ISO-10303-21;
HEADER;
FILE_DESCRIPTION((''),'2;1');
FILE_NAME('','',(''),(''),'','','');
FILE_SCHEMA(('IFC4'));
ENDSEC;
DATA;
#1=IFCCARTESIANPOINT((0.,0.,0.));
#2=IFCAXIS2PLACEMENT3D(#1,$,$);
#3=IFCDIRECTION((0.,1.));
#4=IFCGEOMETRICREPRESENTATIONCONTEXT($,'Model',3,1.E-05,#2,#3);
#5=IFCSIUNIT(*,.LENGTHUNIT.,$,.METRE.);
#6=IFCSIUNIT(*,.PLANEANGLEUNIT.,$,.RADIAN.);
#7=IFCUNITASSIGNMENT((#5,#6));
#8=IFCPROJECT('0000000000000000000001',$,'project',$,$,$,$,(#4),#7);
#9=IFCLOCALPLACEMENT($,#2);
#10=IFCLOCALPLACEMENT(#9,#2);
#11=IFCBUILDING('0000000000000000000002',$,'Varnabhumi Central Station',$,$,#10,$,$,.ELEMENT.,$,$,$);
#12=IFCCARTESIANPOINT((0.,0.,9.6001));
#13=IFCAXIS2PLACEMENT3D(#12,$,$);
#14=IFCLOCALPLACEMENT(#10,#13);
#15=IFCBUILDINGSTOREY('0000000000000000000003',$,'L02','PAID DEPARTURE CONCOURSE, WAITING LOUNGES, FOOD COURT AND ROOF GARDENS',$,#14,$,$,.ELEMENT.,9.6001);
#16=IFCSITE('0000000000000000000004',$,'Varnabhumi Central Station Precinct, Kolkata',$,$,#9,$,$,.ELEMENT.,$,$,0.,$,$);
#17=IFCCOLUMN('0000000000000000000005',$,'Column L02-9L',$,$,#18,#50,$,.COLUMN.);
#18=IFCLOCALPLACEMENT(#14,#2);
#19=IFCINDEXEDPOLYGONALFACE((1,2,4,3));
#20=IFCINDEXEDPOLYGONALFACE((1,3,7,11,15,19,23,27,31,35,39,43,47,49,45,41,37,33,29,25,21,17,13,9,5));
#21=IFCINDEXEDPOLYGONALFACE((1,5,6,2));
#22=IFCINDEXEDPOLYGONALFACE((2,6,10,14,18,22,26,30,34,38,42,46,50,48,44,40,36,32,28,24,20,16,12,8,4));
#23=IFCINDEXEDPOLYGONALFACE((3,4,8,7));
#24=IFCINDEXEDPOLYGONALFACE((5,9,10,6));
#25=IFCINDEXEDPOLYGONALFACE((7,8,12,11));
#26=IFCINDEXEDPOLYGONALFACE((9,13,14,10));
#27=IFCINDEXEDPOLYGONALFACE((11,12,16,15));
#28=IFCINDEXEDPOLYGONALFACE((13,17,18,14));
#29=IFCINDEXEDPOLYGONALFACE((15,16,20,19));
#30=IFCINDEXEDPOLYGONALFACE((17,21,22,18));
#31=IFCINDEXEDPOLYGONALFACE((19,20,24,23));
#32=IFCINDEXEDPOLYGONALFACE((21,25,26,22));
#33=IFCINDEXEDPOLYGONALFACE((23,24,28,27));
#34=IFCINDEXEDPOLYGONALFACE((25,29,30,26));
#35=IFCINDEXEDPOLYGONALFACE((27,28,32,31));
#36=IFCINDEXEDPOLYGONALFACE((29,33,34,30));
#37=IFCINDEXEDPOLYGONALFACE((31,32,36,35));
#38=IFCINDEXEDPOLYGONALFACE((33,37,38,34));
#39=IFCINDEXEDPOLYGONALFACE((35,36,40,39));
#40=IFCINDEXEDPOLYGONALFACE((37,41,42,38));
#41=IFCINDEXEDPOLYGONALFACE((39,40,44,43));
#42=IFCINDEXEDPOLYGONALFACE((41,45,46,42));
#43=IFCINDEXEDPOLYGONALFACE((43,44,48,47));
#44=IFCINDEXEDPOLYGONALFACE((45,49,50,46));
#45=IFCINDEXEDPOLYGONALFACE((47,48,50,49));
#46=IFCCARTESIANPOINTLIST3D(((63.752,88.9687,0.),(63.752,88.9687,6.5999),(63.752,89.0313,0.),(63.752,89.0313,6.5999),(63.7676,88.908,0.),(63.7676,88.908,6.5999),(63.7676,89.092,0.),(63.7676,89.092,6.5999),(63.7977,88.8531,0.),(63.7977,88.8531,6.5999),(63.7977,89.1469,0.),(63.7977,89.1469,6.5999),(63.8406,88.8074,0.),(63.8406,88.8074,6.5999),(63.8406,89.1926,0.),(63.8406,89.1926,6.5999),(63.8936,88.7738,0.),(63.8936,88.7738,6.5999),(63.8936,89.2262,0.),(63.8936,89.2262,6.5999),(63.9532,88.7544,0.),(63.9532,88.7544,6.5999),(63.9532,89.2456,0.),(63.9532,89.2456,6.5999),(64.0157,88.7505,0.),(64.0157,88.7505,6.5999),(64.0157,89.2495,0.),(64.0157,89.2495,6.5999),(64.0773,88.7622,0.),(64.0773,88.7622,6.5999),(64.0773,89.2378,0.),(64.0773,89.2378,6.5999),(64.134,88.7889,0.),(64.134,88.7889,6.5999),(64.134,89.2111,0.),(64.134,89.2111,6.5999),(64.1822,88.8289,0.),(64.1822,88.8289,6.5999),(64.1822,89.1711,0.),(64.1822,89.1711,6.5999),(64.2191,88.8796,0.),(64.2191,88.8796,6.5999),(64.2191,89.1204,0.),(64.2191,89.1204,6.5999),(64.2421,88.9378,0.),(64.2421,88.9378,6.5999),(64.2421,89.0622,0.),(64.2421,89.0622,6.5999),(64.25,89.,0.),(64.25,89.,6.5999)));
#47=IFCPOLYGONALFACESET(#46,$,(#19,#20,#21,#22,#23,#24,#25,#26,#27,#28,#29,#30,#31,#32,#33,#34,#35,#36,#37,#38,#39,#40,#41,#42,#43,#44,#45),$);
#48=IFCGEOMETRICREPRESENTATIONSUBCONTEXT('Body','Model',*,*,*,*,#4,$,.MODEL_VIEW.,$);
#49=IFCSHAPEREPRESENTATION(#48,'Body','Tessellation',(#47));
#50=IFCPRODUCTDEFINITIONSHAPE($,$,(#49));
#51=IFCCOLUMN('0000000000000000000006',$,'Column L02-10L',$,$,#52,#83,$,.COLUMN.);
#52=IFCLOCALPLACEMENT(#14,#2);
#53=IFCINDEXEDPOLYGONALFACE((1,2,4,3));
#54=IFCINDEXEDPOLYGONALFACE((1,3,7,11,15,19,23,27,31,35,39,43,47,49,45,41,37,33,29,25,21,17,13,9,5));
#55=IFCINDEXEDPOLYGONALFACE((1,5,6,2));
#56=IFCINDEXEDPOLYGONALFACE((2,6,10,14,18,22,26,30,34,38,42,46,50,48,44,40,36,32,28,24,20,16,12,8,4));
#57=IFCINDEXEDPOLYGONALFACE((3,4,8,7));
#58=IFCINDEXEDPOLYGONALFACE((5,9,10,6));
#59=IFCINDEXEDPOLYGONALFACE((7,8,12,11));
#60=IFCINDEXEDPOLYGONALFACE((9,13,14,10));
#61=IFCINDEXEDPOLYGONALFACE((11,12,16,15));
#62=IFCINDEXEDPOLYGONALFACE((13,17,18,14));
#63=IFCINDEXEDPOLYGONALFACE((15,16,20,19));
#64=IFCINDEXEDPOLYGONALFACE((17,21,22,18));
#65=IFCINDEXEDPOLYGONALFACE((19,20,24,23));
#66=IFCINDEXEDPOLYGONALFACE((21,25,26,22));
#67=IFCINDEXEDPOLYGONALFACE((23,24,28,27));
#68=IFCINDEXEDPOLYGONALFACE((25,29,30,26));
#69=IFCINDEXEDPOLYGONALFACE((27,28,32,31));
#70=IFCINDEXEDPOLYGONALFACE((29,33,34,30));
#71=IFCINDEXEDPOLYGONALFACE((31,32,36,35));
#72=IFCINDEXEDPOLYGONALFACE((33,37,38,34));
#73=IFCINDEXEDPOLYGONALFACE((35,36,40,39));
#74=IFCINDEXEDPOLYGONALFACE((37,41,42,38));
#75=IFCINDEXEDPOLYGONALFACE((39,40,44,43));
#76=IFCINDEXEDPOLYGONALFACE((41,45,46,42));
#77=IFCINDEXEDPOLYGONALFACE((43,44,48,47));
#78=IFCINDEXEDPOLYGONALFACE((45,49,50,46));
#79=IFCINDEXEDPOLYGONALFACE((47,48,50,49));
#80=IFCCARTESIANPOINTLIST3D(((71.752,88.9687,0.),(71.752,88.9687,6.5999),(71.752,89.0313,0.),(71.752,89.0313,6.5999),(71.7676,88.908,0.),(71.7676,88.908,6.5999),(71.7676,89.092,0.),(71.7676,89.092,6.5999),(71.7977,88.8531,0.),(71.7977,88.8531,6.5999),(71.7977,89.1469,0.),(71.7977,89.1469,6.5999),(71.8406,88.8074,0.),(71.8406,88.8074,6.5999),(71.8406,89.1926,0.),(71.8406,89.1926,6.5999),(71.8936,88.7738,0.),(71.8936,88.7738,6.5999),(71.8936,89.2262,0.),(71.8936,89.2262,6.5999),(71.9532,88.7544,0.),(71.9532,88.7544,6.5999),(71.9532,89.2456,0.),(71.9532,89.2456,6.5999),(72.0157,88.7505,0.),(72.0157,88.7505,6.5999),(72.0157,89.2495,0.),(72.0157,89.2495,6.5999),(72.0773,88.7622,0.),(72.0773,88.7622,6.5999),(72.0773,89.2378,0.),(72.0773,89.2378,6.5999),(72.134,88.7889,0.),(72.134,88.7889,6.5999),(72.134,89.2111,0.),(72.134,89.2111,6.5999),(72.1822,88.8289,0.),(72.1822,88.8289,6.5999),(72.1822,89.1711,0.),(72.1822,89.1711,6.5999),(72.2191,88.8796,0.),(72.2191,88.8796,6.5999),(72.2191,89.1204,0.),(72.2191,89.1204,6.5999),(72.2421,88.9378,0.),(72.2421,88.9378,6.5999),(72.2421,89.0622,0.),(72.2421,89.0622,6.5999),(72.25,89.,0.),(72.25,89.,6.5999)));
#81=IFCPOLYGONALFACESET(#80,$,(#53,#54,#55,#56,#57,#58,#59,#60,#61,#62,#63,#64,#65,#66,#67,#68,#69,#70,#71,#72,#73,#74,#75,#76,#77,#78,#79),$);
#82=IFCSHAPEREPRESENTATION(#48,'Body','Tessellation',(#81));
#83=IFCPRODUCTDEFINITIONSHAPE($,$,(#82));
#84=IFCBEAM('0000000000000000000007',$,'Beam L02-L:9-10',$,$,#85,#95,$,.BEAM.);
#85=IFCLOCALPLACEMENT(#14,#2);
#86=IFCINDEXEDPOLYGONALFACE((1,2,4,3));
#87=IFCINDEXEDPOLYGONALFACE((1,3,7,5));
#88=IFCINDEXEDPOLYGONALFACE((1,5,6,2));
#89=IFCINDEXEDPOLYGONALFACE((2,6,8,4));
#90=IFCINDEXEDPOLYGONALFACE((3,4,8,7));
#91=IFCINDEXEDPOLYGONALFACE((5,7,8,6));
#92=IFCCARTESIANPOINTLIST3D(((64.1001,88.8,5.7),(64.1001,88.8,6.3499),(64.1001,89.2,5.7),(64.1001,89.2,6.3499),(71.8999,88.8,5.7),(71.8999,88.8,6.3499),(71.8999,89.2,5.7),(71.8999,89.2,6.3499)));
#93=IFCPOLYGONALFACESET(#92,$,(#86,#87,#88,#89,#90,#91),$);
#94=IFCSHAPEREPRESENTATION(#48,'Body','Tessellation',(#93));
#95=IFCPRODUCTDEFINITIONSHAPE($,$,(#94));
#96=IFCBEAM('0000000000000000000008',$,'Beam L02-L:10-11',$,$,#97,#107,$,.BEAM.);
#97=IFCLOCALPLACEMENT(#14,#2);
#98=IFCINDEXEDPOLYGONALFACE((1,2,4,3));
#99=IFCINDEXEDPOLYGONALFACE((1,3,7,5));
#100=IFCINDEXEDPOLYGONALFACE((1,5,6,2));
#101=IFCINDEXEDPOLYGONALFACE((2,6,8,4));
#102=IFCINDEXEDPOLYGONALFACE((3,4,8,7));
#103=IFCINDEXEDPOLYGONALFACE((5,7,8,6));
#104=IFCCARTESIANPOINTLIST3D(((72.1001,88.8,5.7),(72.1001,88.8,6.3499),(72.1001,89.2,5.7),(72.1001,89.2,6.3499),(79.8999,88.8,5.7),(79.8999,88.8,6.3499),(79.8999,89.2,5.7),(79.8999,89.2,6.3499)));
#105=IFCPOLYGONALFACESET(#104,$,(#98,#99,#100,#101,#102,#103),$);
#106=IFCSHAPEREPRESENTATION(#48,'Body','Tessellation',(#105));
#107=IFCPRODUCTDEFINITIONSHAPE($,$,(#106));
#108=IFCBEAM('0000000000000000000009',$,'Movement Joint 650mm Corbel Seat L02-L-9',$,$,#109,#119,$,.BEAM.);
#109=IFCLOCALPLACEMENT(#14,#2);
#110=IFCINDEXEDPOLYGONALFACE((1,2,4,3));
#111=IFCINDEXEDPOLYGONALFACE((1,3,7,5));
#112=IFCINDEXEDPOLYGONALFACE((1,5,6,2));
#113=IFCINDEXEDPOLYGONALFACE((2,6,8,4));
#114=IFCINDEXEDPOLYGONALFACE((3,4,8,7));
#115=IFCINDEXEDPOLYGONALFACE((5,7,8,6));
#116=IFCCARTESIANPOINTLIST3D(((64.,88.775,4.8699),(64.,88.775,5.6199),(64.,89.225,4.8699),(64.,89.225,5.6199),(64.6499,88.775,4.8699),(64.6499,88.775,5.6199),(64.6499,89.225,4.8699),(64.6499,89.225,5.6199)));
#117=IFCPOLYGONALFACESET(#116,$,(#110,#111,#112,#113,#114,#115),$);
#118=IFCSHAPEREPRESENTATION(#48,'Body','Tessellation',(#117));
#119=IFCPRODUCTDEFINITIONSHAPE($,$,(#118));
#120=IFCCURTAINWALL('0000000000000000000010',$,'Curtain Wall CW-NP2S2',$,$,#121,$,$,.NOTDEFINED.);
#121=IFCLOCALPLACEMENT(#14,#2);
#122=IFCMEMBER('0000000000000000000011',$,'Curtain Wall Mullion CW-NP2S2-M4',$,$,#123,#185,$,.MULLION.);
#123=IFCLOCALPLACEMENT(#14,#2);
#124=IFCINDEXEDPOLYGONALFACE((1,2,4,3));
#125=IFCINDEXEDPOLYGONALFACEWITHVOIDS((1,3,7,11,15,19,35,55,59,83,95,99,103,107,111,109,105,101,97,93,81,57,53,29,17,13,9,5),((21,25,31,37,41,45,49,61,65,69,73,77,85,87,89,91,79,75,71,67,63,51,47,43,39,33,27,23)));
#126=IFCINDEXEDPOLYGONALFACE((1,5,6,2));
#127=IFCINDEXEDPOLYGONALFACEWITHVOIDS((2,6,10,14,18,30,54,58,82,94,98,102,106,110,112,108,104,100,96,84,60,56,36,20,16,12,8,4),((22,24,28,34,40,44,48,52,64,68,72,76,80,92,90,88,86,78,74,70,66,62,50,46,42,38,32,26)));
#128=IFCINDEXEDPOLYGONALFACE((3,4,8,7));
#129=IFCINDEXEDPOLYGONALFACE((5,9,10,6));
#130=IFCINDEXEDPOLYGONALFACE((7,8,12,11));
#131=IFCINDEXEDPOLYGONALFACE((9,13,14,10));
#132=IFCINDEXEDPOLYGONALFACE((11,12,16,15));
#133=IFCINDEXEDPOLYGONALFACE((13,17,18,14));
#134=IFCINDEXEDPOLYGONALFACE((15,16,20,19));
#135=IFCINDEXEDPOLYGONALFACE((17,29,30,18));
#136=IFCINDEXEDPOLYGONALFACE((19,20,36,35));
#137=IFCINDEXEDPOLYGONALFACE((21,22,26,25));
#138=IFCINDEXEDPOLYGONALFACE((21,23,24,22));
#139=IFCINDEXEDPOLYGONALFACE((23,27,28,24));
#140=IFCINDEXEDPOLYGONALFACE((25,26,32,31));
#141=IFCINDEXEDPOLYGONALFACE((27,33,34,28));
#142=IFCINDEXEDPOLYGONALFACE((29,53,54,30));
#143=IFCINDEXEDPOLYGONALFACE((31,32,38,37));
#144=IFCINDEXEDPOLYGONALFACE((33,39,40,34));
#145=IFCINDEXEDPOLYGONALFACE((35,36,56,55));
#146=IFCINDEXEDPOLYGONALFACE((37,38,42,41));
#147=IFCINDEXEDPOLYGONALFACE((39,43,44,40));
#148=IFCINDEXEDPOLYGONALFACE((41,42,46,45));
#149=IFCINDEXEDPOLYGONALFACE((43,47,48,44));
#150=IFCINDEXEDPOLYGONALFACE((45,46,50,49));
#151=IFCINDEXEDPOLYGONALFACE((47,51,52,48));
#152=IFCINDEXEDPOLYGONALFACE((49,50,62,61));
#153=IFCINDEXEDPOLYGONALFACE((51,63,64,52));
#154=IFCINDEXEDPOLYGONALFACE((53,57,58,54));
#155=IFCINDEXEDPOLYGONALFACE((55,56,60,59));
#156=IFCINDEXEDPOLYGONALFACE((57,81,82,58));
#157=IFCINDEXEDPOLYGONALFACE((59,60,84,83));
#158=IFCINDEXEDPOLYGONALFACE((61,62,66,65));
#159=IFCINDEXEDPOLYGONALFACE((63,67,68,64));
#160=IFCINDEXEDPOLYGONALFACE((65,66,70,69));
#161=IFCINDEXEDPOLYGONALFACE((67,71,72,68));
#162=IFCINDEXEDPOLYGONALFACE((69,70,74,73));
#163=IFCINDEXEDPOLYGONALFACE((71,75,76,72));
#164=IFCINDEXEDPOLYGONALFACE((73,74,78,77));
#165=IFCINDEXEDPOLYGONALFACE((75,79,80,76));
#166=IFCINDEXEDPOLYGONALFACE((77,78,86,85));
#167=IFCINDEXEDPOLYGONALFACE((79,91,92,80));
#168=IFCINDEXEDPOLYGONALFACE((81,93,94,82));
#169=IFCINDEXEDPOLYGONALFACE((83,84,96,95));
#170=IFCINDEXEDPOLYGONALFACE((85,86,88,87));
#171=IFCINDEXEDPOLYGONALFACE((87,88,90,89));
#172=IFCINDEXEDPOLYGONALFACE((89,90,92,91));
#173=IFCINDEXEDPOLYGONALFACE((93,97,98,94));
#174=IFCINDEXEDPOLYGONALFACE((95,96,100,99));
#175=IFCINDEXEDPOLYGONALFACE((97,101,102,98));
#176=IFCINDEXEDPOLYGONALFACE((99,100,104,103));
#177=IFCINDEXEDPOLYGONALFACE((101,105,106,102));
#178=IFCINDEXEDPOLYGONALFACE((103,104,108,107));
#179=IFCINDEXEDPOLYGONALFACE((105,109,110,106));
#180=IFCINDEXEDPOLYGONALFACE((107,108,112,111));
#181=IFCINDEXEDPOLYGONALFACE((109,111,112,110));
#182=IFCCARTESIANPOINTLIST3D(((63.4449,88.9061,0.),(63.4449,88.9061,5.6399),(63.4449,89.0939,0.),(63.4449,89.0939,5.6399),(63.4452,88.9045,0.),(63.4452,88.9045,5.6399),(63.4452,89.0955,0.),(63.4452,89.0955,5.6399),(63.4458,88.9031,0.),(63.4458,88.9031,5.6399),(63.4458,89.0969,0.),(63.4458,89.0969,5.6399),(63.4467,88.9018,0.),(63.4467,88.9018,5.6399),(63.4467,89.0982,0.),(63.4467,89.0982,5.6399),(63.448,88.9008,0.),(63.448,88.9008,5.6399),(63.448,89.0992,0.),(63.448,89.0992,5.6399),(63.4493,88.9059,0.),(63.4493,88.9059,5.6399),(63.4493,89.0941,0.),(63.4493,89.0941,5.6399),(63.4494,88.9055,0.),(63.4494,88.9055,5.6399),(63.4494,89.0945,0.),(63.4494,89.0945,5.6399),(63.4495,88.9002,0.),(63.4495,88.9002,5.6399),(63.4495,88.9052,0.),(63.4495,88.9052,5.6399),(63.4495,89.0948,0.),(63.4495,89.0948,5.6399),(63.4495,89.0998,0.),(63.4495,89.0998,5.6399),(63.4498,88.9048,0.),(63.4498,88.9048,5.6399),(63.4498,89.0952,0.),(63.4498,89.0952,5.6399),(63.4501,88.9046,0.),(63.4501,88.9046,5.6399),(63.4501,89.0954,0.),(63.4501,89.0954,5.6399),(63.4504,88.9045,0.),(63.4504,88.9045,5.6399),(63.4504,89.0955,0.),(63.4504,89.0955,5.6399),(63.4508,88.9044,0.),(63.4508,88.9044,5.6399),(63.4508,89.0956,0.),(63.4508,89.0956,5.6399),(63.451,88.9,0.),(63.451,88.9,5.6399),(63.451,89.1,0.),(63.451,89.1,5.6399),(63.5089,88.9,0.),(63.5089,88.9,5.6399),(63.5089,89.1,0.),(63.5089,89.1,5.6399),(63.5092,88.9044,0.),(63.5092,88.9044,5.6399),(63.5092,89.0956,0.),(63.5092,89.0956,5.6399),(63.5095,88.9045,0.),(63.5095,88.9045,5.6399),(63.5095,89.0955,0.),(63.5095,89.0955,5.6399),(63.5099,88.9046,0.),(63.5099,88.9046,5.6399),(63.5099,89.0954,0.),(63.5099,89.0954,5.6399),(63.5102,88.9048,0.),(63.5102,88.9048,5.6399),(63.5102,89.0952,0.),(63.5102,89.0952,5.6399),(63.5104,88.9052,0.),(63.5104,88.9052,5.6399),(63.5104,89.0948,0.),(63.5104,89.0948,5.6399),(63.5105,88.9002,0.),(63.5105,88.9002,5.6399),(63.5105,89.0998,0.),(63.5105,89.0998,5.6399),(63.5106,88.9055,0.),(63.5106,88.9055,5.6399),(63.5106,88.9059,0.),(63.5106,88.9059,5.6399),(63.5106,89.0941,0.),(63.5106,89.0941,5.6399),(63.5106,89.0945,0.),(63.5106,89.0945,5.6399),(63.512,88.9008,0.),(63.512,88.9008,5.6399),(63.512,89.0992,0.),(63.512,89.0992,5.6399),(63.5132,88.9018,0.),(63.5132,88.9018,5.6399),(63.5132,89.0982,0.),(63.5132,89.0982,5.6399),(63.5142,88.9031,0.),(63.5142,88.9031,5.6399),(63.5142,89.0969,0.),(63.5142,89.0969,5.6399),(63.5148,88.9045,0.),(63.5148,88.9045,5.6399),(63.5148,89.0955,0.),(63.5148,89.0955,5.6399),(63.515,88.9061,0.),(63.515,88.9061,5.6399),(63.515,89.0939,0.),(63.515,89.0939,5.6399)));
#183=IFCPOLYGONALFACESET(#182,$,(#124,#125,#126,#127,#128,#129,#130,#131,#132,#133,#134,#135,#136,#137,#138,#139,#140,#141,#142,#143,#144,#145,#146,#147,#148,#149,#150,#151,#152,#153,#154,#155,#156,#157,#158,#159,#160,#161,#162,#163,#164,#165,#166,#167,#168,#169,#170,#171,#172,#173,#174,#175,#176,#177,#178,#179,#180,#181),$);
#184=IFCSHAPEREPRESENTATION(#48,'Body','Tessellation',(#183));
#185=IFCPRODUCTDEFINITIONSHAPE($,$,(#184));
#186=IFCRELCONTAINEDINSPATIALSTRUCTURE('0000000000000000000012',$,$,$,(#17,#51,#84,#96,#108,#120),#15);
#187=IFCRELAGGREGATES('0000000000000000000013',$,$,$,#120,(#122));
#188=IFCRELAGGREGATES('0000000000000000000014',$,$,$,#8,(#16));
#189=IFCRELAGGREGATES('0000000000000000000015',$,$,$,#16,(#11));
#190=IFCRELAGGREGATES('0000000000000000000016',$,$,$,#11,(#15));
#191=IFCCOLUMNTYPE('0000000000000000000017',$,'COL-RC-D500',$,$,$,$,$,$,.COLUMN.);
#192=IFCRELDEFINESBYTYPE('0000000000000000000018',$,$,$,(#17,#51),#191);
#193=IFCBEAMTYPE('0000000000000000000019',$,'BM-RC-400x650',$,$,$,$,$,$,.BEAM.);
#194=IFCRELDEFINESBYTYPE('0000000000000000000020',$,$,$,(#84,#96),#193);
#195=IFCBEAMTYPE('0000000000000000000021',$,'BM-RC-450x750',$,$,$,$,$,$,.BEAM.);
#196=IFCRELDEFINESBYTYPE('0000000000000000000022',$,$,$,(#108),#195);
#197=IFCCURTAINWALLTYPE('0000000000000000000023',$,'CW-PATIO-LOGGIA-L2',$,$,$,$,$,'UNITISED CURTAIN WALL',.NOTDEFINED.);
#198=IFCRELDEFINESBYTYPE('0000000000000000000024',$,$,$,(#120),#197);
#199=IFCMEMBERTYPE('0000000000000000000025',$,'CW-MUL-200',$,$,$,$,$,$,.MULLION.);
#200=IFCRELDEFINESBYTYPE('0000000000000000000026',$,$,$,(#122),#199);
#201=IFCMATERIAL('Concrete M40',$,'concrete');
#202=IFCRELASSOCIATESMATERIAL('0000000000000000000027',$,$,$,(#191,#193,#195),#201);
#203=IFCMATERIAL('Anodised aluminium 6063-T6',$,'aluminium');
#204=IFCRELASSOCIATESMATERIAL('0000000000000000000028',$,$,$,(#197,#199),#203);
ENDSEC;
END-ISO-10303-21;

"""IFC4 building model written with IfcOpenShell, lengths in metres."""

from ifc_helpers import new_model, si_unit, direction, frame, origin, origin_2d, place, context, subcontext, project, spatial, rectangle, hollow_rectangle, circle, extrude, material, material_profile, profile_set, type_object, element, aggregate, save


model = new_model("IFC4")

# Units and contexts
model_context = context("Model", 3, precision=1e-05, world=origin(), true_north=direction((0.0, 1.0)))
body_context = subcontext(model_context, "Body", "Model", "MODEL_VIEW")
ifc_project = project(units=[si_unit("LENGTHUNIT", "METRE"), si_unit("PLANEANGLEUNIT", "RADIAN")], contexts=[model_context])

# Site, building, storey
site_placement = place(None, origin())
site = spatial("IfcSite", under=ifc_project, at=site_placement, Name="Varnabhumi Central Station Precinct, Kolkata", CompositionType="ELEMENT", RefElevation=0.0)
building_placement = place(site_placement, origin())
building = spatial("IfcBuilding", under=site, at=building_placement, Name="Varnabhumi Central Station", CompositionType="ELEMENT")
storey_placement = place(building_placement, frame((0.0, 0.0, 9.6001)))
storey = spatial("IfcBuildingStorey", under=building, at=storey_placement, Name="L02", Description="PAID DEPARTURE CONCOURSE, WAITING LOUNGES, FOOD COURT AND ROOF GARDENS", CompositionType="ELEMENT", Elevation=9.6001)

# Columns
ifc_material_1 = material(Name="Concrete M40", Category="concrete")
ifc_material_profile_1 = material_profile(ifc_material_1, circle(Radius=0.25, at=origin_2d()), Name="Concrete M40", Category="concrete")
ifc_profile_set_1 = profile_set([ifc_material_profile_1], Name="Concrete M40")
column_type = type_object("IfcColumnType", Name="COL-RC-D500", PredefinedType="COLUMN", material=ifc_profile_set_1)
for number, where, z_axis, x_axis, name in (
    (1, (64.0, 89.0, 0.0), (0.0, 0.0, 1.0), (1.0, 0.0, 0.0), "Column L02-9L"),
    (2, (72.0, 89.0, 0.0), (0.0, 0.0, 1.0), (1.0, 0.0, 0.0), "Column L02-10L"),
):
    element("IfcColumn", number, at=place(storey_placement, frame(where, z_axis=z_axis, x_axis=x_axis)), inside=storey, type_object=column_type, Name=name, PredefinedType="COLUMN", context=body_context, shape_type="SweptSolid", body=[
        extrude(circle(Radius=0.25, at=origin_2d()), origin(), (0.0, 0.0, 1.0), 6.5999),
    ])

# Beams
ifc_material_profile_2 = material_profile(ifc_material_1, rectangle(XDim=0.3999, YDim=0.6499, at=origin_2d()), Name="Concrete M40", Category="concrete")
ifc_profile_set_2 = profile_set([ifc_material_profile_2], Name="Concrete M40")
beam_type_1 = type_object("IfcBeamType", Name="BM-RC-400x650", PredefinedType="BEAM", material=ifc_profile_set_2)
for number, where, z_axis, x_axis, name in (
    (3, (64.1001, 89.0, 6.0249), (1.0, 0.0, 0.0), (0.0, 1.0, 0.0), "Beam L02-L:9-10"),
    (4, (72.1001, 89.0, 6.0249), (1.0, 0.0, 0.0), (0.0, 1.0, 0.0), "Beam L02-L:10-11"),
):
    element("IfcBeam", number, at=place(storey_placement, frame(where, z_axis=z_axis, x_axis=x_axis)), inside=storey, type_object=beam_type_1, Name=name, PredefinedType="BEAM", context=body_context, shape_type="SweptSolid", body=[
        extrude(rectangle(XDim=0.3999, YDim=0.6499, at=origin_2d()), origin(), (0.0, 0.0, 1.0), 7.7998),
    ])
ifc_material_profile_3 = material_profile(ifc_material_1, rectangle(XDim=0.45, YDim=0.75, at=origin_2d()), Name="Concrete M40", Category="concrete")
ifc_profile_set_3 = profile_set([ifc_material_profile_3], Name="Concrete M40")
beam_type_2 = type_object("IfcBeamType", Name="BM-RC-450x750", PredefinedType="BEAM", material=ifc_profile_set_3)
beam_placement = place(storey_placement, frame((64.0, 89.0, 5.2449), z_axis=(1.0, 0.0, 0.0), x_axis=(0.0, 1.0, 0.0)))
element("IfcBeam", 5, at=beam_placement, inside=storey, type_object=beam_type_2, Name="Movement Joint 650mm Corbel Seat L02-L-9", PredefinedType="BEAM", context=body_context, shape_type="SweptSolid", body=[
    extrude(rectangle(XDim=0.45, YDim=0.75, at=origin_2d()), origin(), (0.0, 0.0, 1.0), 0.6499),
])

# Curtain wall, member
ifc_material_2 = material(Name="Anodised aluminium 6063-T6", Category="aluminium")
curtain_wall_type = type_object("IfcCurtainWallType", Name="CW-PATIO-LOGGIA-L2", ElementType="UNITISED CURTAIN WALL", PredefinedType="NOTDEFINED", material=ifc_material_2)
curtain_wall_1_placement = place(storey_placement, origin())
curtain_wall_1 = element("IfcCurtainWall", 6, at=curtain_wall_1_placement, inside=storey, type_object=curtain_wall_type, Name="Curtain Wall CW-NP2S2", PredefinedType="NOTDEFINED")
ifc_material_profile_4 = material_profile(ifc_material_2, hollow_rectangle(XDim=0.0701, YDim=0.2, WallThickness=0.0044, InnerFilletRadius=0.0015, OuterFilletRadius=0.0061, at=origin_2d()), Name="Anodised aluminium 6063-T6", Category="aluminium")
ifc_profile_set_4 = profile_set([ifc_material_profile_4], Name="Anodised aluminium 6063-T6")
member_type_1 = type_object("IfcMemberType", Name="CW-MUL-200", PredefinedType="MULLION", material=ifc_profile_set_4)
member_1_placement = place(storey_placement, frame((63.48, 89.0, 0.0), z_axis=(0.0, 0.0, 1.0), x_axis=(1.0, 0.0, 0.0)))
member_1 = element("IfcMember", 7, at=member_1_placement, type_object=member_type_1, Name="Curtain Wall Mullion CW-NP2S2-M4", PredefinedType="MULLION", context=body_context, shape_type="SweptSolid", body=[
    extrude(hollow_rectangle(XDim=0.0701, YDim=0.2, WallThickness=0.0044, InnerFilletRadius=0.0015, OuterFilletRadius=0.0061, at=origin_2d()), origin(), (0.0, 0.0, 1.0), 5.6399),
])
aggregate(curtain_wall_1, [member_1])

save(model, "model.ifc")
